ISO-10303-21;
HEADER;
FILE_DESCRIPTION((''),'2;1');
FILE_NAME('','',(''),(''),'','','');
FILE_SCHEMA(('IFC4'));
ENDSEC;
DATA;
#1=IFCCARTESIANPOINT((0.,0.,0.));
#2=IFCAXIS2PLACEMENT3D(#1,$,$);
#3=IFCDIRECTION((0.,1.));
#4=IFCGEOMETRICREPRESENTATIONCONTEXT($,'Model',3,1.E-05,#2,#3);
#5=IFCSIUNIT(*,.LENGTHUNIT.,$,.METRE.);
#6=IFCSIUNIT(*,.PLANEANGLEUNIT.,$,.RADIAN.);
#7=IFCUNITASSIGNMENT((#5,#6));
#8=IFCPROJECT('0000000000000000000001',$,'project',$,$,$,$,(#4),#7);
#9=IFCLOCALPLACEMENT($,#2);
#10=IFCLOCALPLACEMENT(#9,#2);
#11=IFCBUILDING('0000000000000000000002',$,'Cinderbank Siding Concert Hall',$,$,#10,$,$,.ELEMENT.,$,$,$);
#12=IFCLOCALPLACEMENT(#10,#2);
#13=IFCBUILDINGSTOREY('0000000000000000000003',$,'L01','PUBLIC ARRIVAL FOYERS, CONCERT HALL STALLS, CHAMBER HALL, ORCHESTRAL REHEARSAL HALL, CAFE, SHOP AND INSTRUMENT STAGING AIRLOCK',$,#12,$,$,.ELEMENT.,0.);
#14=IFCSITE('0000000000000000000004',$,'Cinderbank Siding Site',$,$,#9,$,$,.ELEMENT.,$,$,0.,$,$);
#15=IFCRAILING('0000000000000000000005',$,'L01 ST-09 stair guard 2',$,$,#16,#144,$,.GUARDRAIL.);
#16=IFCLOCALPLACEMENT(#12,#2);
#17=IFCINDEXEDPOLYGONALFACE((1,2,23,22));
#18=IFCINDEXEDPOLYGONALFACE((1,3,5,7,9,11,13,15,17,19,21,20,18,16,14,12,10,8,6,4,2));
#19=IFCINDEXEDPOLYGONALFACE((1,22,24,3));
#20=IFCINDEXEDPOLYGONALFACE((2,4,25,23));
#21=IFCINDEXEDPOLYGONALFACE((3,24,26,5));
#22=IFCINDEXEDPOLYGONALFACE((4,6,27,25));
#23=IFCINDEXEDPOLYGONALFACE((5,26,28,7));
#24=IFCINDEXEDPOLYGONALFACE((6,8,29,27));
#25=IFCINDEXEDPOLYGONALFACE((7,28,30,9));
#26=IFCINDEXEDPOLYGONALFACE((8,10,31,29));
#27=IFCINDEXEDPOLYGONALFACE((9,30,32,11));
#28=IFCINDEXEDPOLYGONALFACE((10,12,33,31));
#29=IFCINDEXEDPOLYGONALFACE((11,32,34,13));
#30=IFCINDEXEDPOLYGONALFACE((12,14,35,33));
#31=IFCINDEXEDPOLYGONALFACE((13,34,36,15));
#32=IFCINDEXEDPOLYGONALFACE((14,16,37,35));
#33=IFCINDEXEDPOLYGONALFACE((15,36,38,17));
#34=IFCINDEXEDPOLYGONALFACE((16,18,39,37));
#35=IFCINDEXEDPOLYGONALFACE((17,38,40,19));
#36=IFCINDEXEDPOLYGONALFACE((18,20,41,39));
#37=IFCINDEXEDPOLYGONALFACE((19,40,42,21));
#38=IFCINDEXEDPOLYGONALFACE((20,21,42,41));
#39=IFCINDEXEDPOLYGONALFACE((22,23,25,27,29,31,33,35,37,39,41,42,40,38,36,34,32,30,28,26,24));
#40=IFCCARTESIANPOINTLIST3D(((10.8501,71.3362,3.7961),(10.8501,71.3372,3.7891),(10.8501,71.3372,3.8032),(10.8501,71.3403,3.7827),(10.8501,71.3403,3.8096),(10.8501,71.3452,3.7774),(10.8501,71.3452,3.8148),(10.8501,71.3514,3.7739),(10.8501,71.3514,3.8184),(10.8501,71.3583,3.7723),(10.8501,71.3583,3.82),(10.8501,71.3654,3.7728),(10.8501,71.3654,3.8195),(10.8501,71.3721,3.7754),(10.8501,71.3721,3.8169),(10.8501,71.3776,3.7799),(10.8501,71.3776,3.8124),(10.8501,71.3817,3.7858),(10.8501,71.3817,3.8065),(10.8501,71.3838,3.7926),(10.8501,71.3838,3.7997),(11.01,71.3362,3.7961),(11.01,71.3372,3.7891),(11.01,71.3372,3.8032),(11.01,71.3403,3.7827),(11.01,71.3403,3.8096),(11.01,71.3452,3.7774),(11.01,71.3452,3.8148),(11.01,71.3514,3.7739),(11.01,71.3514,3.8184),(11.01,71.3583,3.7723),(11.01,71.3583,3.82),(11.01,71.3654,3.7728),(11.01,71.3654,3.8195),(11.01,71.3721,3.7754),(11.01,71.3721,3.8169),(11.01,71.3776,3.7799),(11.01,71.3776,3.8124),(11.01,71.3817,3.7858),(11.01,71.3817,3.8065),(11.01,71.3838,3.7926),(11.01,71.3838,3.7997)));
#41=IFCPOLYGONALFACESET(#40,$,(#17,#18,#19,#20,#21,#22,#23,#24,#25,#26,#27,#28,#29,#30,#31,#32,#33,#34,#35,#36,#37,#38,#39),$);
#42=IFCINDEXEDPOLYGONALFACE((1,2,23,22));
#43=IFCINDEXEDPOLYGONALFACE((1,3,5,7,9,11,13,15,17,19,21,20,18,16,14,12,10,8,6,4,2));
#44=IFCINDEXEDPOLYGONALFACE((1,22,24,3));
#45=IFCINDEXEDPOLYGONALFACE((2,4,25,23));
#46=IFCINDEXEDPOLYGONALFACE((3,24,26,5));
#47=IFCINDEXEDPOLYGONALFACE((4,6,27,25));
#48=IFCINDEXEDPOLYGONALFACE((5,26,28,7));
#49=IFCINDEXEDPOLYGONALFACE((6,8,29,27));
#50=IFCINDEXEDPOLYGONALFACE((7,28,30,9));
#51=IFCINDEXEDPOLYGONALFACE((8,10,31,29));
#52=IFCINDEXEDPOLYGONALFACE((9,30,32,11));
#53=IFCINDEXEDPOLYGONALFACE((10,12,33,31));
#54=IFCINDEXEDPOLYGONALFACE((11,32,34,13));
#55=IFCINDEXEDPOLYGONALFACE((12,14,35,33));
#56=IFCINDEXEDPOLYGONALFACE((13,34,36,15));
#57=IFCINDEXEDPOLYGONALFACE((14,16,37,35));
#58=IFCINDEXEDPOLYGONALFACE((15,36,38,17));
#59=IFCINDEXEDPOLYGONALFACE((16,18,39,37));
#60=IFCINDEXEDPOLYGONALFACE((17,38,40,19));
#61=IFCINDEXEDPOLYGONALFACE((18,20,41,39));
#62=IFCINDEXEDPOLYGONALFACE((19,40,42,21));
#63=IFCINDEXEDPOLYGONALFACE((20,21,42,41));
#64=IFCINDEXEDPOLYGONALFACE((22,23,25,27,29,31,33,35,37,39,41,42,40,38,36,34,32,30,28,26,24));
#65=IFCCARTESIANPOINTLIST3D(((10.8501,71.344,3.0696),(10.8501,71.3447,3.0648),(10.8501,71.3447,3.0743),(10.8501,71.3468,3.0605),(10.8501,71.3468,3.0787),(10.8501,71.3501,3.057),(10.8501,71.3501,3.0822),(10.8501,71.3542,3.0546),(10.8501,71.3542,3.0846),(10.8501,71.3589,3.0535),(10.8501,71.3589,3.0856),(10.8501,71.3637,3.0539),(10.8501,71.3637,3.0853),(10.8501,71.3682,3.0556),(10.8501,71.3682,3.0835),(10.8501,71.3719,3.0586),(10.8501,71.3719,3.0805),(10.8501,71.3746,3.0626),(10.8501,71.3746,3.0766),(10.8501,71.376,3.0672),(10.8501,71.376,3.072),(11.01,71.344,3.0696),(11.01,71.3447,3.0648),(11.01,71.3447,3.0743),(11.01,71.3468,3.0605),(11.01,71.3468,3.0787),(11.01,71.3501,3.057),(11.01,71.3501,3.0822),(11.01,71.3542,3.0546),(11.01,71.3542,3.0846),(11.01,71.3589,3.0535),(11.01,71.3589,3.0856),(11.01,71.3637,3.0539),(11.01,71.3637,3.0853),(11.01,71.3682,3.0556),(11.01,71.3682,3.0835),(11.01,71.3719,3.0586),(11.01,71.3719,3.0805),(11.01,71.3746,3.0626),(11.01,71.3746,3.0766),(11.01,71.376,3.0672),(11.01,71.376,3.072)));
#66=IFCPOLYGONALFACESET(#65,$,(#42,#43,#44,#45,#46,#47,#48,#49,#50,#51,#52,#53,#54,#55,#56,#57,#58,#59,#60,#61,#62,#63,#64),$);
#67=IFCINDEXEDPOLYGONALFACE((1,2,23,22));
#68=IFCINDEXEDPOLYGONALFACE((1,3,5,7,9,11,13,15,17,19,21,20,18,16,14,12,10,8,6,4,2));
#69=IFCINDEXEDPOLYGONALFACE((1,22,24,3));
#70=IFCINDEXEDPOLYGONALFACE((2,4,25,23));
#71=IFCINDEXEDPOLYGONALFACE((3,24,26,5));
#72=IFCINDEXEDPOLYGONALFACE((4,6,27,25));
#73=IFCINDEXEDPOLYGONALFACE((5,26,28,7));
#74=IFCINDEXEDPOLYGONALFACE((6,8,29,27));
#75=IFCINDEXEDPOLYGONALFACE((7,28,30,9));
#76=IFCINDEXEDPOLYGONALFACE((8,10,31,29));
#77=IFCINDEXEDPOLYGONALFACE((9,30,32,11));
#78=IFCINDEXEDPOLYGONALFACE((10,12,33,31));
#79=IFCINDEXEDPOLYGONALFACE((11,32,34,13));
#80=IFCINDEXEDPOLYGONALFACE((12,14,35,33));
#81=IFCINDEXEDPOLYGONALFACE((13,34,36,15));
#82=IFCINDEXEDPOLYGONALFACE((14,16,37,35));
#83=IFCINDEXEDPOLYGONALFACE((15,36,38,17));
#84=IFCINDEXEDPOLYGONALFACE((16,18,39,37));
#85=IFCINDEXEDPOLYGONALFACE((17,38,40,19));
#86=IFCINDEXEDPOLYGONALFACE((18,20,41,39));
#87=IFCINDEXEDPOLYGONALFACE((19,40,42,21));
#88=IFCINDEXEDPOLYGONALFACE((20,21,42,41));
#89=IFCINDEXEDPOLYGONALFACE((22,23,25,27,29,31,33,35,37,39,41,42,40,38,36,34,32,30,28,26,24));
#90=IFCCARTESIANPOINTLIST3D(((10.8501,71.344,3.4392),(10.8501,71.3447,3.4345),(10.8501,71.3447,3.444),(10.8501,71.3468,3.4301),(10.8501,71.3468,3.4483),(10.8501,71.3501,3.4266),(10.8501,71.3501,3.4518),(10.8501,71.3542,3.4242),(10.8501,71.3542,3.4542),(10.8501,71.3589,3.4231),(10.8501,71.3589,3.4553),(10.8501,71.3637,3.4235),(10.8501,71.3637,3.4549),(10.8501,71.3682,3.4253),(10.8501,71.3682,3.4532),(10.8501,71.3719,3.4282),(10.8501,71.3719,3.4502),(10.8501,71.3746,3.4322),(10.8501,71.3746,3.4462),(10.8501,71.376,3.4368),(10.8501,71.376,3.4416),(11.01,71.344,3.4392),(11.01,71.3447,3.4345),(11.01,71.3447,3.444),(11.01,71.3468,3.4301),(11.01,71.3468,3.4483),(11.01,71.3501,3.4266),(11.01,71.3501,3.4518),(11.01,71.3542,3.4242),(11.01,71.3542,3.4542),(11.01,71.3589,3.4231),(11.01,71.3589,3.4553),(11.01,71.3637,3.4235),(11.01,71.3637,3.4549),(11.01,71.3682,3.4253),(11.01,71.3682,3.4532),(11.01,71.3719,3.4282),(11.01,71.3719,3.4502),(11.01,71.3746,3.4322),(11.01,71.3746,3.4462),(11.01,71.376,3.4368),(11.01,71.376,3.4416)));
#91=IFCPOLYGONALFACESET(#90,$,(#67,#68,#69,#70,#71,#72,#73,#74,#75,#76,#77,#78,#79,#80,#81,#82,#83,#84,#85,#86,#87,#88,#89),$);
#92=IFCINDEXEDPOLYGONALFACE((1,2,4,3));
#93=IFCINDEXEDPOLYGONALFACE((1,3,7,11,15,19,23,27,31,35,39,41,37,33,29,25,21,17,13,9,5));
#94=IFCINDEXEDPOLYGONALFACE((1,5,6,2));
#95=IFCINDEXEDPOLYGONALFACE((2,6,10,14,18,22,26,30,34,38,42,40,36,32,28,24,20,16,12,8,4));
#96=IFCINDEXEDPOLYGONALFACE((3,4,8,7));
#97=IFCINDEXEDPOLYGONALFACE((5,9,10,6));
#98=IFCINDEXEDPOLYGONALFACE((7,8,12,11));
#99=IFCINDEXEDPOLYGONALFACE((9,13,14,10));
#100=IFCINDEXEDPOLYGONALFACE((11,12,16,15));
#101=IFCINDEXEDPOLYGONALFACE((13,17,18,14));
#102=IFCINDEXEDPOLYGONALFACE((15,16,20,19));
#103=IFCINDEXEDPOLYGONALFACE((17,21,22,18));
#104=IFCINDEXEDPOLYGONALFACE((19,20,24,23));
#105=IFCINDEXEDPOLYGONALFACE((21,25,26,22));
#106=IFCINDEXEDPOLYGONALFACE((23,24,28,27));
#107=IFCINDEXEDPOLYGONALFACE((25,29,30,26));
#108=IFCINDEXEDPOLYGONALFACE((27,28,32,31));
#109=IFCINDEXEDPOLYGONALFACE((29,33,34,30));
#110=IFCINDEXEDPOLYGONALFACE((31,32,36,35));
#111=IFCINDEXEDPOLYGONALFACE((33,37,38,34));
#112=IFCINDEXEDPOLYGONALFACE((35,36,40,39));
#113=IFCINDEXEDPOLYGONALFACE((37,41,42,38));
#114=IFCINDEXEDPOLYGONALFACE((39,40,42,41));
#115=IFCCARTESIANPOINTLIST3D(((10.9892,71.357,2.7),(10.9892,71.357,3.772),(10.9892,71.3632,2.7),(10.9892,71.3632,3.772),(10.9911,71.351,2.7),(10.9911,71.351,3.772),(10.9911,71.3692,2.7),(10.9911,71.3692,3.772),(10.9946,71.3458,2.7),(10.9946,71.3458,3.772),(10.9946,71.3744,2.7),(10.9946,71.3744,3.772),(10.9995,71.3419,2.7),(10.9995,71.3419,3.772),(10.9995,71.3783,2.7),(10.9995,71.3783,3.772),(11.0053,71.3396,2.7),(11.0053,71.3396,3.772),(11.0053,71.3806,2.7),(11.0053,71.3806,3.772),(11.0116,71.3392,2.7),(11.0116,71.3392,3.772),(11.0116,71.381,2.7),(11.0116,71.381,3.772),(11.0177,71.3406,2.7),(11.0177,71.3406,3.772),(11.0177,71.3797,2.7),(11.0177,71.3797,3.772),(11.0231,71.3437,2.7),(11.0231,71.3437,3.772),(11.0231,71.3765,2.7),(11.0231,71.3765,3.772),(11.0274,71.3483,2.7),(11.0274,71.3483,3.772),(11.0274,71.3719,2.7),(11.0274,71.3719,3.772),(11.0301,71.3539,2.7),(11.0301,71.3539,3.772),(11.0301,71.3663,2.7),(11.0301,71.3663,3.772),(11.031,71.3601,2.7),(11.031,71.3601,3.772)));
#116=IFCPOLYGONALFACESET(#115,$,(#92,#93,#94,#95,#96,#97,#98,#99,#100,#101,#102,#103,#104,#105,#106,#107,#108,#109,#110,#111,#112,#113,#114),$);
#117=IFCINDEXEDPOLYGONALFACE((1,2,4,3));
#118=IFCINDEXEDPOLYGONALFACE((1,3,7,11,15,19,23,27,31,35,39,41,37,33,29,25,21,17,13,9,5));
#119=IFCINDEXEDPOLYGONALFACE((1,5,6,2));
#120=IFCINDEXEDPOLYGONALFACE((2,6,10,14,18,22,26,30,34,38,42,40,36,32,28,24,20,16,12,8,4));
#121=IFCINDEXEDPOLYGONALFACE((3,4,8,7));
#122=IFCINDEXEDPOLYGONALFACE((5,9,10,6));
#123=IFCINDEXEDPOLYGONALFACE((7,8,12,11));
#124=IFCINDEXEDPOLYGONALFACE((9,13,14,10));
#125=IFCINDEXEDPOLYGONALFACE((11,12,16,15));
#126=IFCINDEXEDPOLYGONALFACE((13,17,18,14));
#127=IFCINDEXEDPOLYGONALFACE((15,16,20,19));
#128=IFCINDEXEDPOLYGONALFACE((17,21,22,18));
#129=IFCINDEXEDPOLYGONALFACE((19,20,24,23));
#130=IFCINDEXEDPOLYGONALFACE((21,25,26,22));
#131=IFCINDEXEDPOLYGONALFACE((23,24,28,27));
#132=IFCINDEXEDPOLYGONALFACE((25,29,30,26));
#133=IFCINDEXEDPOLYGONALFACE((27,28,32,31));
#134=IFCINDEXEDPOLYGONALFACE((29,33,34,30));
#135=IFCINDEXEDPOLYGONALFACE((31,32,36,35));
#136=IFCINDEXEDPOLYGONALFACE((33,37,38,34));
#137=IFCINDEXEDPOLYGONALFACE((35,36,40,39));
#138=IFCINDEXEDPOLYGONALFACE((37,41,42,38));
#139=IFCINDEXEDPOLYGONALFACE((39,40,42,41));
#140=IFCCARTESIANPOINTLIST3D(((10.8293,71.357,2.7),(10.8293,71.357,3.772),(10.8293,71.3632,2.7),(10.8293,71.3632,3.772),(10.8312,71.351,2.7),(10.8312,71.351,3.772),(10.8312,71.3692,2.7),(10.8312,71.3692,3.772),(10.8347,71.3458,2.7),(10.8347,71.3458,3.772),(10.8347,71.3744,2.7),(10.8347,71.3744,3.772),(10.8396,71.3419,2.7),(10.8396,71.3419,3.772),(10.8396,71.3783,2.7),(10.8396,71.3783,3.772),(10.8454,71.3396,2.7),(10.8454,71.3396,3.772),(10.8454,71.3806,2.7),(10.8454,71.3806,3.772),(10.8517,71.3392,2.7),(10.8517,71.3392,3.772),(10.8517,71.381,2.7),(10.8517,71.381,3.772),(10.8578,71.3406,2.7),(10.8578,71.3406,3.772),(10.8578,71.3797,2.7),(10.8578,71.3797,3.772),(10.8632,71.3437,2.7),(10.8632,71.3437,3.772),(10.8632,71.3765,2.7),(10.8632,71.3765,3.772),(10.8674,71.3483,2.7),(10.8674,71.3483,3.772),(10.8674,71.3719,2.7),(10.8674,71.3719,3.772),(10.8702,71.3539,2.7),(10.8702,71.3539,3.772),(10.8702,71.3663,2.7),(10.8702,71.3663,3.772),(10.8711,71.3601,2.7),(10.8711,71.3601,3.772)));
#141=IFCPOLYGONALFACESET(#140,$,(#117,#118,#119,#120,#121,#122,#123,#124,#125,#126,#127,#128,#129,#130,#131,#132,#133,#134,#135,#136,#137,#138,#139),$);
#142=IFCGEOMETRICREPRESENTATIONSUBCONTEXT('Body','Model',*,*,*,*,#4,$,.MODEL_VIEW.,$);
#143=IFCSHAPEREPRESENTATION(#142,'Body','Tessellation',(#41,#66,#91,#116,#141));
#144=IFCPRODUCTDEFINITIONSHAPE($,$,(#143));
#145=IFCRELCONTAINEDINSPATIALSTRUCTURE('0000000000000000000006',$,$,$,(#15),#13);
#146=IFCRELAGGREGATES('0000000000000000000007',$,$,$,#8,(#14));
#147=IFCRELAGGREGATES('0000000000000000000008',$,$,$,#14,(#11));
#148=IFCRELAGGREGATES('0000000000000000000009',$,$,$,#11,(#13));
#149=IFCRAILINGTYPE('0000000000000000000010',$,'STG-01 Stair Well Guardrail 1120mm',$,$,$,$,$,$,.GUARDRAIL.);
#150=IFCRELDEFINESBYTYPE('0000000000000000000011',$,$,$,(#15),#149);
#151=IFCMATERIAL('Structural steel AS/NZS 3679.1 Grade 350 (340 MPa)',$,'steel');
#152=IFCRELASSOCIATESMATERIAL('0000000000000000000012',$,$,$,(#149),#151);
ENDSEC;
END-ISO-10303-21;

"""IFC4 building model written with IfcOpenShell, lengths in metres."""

from ifc_helpers import new_model, si_unit, direction, frame, origin, origin_2d, place, context, subcontext, project, spatial, circle, extrude, material, type_object, element, save


model = new_model("IFC4")

# Units and contexts
model_context = context("Model", 3, precision=1e-05, world=origin(), true_north=direction((0.0, 1.0)))
body_context = subcontext(model_context, "Body", "Model", "MODEL_VIEW")
ifc_project = project(units=[si_unit("LENGTHUNIT", "METRE"), si_unit("PLANEANGLEUNIT", "RADIAN")], contexts=[model_context])

# Site, building, storey
site_placement = place(None, origin())
site = spatial("IfcSite", under=ifc_project, at=site_placement, Name="Cinderbank Siding Site", CompositionType="ELEMENT", RefElevation=0.0)
building_placement = place(site_placement, origin())
building = spatial("IfcBuilding", under=site, at=building_placement, Name="Cinderbank Siding Concert Hall", CompositionType="ELEMENT")
storey_placement = place(building_placement, origin())
storey = spatial("IfcBuildingStorey", under=building, at=storey_placement, Name="L01", Description="PUBLIC ARRIVAL FOYERS, CONCERT HALL STALLS, CHAMBER HALL, ORCHESTRAL REHEARSAL HALL, CAFE, SHOP AND INSTRUMENT STAGING AIRLOCK", CompositionType="ELEMENT", Elevation=0.0)

# Shared definitions
ifc_material_1 = material(Name="Structural steel AS/NZS 3679.1 Grade 350 (340 MPa)", Category="steel")

# Railing
railing_type_1 = type_object("IfcRailingType", Name="STG-01 Stair Well Guardrail 1120mm", PredefinedType="GUARDRAIL", material=ifc_material_1)
railing_1_placement = place(storey_placement, frame((11.01, 71.3601, 2.7)))
element("IfcRailing", 1, at=railing_1_placement, inside=storey, type_object=railing_type_1, Name="L01 ST-09 stair guard 2", PredefinedType="GUARDRAIL", context=body_context, shape_type="SweptSolid", body=[
    extrude(circle(Radius=0.0239, at=origin_2d()), frame((0.0, 0.0, 1.0962), z_axis=(-1.0, 0.0, 0.0), x_axis=(0.0, -1.0, 0.0)), (0.0, 0.0, 1.0), 0.1599),
    extrude(circle(Radius=0.0161, at=origin_2d()), frame((0.0, 0.0, 0.3696), z_axis=(-1.0, 0.0, 0.0), x_axis=(0.0, -1.0, 0.0)), (0.0, 0.0, 1.0), 0.1599),
    extrude(circle(Radius=0.0161, at=origin_2d()), frame((0.0, 0.0, 0.7393), z_axis=(-1.0, 0.0, 0.0), x_axis=(0.0, -1.0, 0.0)), (0.0, 0.0, 1.0), 0.1599),
    extrude(circle(Radius=0.021, at=origin_2d()), origin(), (0.0, 0.0, 1.0), 1.072),
    extrude(circle(Radius=0.021, at=origin_2d()), frame((-0.1599, 0.0, 0.0)), (0.0, 0.0, 1.0), 1.072),
])

save(model, "model.ifc")
